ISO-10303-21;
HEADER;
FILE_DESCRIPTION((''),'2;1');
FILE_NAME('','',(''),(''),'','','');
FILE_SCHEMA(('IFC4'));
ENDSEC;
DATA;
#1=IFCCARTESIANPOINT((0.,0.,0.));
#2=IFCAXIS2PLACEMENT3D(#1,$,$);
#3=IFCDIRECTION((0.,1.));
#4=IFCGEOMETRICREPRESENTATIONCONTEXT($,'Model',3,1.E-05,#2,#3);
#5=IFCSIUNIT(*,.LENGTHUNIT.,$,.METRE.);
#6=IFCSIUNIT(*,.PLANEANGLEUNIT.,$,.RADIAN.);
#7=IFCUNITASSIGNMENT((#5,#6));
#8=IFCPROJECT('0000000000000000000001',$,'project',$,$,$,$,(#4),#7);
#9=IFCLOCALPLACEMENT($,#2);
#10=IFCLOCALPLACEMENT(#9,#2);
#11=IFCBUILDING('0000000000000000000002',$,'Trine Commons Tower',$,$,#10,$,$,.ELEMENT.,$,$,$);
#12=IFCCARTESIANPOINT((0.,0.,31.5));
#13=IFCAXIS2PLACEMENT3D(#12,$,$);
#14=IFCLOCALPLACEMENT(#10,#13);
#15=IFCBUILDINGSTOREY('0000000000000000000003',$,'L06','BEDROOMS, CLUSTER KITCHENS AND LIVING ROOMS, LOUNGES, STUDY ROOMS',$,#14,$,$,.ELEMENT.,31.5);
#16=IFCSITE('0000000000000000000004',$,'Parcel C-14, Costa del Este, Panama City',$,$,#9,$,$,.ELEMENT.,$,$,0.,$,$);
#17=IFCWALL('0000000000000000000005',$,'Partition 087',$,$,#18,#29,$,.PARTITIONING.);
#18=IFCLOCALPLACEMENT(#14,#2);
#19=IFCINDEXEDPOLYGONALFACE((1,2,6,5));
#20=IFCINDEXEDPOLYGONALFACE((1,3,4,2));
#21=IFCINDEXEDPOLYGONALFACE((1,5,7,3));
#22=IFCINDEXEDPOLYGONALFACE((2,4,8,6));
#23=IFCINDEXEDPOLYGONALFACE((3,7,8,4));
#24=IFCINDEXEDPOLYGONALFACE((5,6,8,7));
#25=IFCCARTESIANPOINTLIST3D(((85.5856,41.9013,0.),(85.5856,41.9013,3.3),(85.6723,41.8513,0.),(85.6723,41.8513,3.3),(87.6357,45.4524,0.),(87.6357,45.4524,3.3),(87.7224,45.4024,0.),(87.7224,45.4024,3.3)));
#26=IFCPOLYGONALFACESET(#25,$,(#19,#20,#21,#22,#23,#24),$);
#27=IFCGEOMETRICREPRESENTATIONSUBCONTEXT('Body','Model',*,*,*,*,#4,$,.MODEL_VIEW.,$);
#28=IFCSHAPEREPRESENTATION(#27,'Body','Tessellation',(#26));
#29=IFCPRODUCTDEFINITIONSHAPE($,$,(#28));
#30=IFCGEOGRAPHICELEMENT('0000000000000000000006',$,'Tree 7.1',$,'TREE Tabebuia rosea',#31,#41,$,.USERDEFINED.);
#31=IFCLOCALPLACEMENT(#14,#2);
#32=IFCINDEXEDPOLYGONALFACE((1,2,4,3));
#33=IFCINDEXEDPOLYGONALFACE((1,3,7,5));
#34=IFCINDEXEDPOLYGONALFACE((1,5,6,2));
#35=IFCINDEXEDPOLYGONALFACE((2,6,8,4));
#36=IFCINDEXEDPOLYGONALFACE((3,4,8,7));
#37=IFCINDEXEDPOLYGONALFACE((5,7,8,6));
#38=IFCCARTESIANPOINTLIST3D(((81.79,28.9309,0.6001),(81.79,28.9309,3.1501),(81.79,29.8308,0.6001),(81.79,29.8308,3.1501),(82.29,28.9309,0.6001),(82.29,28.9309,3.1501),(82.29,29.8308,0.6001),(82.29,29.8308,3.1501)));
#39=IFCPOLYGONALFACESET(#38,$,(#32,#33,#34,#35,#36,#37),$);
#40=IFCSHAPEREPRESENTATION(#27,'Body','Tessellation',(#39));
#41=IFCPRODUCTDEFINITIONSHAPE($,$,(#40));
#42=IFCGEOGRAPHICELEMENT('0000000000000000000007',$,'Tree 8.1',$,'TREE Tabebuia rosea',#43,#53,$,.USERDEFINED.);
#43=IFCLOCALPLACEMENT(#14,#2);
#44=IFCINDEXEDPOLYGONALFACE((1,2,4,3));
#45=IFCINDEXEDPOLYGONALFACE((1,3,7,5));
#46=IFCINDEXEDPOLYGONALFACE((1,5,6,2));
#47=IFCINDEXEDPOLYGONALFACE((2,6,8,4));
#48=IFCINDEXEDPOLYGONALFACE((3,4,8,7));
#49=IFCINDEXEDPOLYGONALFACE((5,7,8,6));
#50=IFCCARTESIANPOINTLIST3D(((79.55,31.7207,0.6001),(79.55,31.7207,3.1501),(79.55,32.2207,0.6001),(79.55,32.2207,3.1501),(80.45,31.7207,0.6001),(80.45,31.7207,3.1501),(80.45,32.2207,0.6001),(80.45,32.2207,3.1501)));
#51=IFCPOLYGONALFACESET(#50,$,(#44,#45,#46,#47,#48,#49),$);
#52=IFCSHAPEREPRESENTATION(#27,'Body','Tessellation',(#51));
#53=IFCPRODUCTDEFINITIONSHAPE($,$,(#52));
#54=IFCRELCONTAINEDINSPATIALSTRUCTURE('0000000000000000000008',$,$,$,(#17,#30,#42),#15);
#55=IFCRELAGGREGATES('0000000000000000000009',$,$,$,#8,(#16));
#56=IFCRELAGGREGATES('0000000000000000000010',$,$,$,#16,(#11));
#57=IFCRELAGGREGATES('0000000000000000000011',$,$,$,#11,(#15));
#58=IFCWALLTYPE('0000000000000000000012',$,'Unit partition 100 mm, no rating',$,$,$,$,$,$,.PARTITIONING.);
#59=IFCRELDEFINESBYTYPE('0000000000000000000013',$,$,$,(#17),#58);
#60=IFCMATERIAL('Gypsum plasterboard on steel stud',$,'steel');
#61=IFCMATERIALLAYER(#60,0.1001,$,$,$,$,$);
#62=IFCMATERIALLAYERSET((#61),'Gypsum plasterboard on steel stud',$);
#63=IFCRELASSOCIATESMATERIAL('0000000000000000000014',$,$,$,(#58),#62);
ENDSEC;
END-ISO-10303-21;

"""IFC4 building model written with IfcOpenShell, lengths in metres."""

from ifc_helpers import new_model, si_unit, direction, frame, frame_2d, origin, origin_2d, place, context, subcontext, project, spatial, rectangle, extrude, material, layer, layer_set, type_object, element, save


model = new_model("IFC4")

# Units and contexts
model_context = context("Model", 3, precision=1e-05, world=origin(), true_north=direction((0.0, 1.0)))
body_context = subcontext(model_context, "Body", "Model", "MODEL_VIEW")
ifc_project = project(units=[si_unit("LENGTHUNIT", "METRE"), si_unit("PLANEANGLEUNIT", "RADIAN")], contexts=[model_context])

# Site, building, storey
site_placement = place(None, origin())
site = spatial("IfcSite", under=ifc_project, at=site_placement, Name="Parcel C-14, Costa del Este, Panama City", CompositionType="ELEMENT", RefElevation=0.0)
building_placement = place(site_placement, origin())
building = spatial("IfcBuilding", under=site, at=building_placement, Name="Trine Commons Tower", CompositionType="ELEMENT")
storey_placement = place(building_placement, frame((0.0, 0.0, 31.5)))
storey = spatial("IfcBuildingStorey", under=building, at=storey_placement, Name="L06", Description="BEDROOMS, CLUSTER KITCHENS AND LIVING ROOMS, LOUNGES, STUDY ROOMS", CompositionType="ELEMENT", Elevation=31.5)

# Shared definitions
ifc_material_1 = material(Name="Gypsum plasterboard on steel stud", Category="steel")

# Wall
ifc_layer_1 = layer(ifc_material_1, 0.1001)
ifc_layer_set_1 = layer_set([ifc_layer_1], Name="Gypsum plasterboard on steel stud")
wall_type_1 = type_object("IfcWallType", Name="Unit partition 100 mm, no rating", PredefinedType="PARTITIONING", material=ifc_layer_set_1)
wall_1_placement = place(storey_placement, frame((85.6289, 41.8762, 0.0), z_axis=(0.0, 0.0, 1.0), x_axis=(0.499975, 0.86604, 0.0)))
element("IfcWall", 1, at=wall_1_placement, inside=storey, type_object=wall_type_1, Name="Partition 087", PredefinedType="PARTITIONING", context=body_context, shape_type="SweptSolid", body=[
    extrude(rectangle(XDim=4.1003, YDim=0.1001, at=frame_2d((2.0503, 0.0))), origin(), (0.0, 0.0, 1.0), 3.3),
])

# Geographic elements
for number, where, z_axis, x_axis, name in (
    (2, (82.04, 29.3809, 0.6001), (0.0, 0.0, 1.0), (0.0, 1.0, 0.0), "Tree 7.1"),
    (3, (80.0, 31.9707, 0.6001), (0.0, 0.0, 1.0), (-1.0, 0.0, 0.0), "Tree 8.1"),
):
    element("IfcGeographicElement", number, at=place(storey_placement, frame(where, z_axis=z_axis, x_axis=x_axis)), inside=storey, Name=name, ObjectType="TREE Tabebuia rosea", PredefinedType="USERDEFINED", context=body_context, shape_type="SweptSolid", body=[
        extrude(rectangle(XDim=0.8999, YDim=0.5, at=origin_2d()), origin(), (0.0, 0.0, 1.0), 2.55),
    ])

save(model, "model.ifc")
